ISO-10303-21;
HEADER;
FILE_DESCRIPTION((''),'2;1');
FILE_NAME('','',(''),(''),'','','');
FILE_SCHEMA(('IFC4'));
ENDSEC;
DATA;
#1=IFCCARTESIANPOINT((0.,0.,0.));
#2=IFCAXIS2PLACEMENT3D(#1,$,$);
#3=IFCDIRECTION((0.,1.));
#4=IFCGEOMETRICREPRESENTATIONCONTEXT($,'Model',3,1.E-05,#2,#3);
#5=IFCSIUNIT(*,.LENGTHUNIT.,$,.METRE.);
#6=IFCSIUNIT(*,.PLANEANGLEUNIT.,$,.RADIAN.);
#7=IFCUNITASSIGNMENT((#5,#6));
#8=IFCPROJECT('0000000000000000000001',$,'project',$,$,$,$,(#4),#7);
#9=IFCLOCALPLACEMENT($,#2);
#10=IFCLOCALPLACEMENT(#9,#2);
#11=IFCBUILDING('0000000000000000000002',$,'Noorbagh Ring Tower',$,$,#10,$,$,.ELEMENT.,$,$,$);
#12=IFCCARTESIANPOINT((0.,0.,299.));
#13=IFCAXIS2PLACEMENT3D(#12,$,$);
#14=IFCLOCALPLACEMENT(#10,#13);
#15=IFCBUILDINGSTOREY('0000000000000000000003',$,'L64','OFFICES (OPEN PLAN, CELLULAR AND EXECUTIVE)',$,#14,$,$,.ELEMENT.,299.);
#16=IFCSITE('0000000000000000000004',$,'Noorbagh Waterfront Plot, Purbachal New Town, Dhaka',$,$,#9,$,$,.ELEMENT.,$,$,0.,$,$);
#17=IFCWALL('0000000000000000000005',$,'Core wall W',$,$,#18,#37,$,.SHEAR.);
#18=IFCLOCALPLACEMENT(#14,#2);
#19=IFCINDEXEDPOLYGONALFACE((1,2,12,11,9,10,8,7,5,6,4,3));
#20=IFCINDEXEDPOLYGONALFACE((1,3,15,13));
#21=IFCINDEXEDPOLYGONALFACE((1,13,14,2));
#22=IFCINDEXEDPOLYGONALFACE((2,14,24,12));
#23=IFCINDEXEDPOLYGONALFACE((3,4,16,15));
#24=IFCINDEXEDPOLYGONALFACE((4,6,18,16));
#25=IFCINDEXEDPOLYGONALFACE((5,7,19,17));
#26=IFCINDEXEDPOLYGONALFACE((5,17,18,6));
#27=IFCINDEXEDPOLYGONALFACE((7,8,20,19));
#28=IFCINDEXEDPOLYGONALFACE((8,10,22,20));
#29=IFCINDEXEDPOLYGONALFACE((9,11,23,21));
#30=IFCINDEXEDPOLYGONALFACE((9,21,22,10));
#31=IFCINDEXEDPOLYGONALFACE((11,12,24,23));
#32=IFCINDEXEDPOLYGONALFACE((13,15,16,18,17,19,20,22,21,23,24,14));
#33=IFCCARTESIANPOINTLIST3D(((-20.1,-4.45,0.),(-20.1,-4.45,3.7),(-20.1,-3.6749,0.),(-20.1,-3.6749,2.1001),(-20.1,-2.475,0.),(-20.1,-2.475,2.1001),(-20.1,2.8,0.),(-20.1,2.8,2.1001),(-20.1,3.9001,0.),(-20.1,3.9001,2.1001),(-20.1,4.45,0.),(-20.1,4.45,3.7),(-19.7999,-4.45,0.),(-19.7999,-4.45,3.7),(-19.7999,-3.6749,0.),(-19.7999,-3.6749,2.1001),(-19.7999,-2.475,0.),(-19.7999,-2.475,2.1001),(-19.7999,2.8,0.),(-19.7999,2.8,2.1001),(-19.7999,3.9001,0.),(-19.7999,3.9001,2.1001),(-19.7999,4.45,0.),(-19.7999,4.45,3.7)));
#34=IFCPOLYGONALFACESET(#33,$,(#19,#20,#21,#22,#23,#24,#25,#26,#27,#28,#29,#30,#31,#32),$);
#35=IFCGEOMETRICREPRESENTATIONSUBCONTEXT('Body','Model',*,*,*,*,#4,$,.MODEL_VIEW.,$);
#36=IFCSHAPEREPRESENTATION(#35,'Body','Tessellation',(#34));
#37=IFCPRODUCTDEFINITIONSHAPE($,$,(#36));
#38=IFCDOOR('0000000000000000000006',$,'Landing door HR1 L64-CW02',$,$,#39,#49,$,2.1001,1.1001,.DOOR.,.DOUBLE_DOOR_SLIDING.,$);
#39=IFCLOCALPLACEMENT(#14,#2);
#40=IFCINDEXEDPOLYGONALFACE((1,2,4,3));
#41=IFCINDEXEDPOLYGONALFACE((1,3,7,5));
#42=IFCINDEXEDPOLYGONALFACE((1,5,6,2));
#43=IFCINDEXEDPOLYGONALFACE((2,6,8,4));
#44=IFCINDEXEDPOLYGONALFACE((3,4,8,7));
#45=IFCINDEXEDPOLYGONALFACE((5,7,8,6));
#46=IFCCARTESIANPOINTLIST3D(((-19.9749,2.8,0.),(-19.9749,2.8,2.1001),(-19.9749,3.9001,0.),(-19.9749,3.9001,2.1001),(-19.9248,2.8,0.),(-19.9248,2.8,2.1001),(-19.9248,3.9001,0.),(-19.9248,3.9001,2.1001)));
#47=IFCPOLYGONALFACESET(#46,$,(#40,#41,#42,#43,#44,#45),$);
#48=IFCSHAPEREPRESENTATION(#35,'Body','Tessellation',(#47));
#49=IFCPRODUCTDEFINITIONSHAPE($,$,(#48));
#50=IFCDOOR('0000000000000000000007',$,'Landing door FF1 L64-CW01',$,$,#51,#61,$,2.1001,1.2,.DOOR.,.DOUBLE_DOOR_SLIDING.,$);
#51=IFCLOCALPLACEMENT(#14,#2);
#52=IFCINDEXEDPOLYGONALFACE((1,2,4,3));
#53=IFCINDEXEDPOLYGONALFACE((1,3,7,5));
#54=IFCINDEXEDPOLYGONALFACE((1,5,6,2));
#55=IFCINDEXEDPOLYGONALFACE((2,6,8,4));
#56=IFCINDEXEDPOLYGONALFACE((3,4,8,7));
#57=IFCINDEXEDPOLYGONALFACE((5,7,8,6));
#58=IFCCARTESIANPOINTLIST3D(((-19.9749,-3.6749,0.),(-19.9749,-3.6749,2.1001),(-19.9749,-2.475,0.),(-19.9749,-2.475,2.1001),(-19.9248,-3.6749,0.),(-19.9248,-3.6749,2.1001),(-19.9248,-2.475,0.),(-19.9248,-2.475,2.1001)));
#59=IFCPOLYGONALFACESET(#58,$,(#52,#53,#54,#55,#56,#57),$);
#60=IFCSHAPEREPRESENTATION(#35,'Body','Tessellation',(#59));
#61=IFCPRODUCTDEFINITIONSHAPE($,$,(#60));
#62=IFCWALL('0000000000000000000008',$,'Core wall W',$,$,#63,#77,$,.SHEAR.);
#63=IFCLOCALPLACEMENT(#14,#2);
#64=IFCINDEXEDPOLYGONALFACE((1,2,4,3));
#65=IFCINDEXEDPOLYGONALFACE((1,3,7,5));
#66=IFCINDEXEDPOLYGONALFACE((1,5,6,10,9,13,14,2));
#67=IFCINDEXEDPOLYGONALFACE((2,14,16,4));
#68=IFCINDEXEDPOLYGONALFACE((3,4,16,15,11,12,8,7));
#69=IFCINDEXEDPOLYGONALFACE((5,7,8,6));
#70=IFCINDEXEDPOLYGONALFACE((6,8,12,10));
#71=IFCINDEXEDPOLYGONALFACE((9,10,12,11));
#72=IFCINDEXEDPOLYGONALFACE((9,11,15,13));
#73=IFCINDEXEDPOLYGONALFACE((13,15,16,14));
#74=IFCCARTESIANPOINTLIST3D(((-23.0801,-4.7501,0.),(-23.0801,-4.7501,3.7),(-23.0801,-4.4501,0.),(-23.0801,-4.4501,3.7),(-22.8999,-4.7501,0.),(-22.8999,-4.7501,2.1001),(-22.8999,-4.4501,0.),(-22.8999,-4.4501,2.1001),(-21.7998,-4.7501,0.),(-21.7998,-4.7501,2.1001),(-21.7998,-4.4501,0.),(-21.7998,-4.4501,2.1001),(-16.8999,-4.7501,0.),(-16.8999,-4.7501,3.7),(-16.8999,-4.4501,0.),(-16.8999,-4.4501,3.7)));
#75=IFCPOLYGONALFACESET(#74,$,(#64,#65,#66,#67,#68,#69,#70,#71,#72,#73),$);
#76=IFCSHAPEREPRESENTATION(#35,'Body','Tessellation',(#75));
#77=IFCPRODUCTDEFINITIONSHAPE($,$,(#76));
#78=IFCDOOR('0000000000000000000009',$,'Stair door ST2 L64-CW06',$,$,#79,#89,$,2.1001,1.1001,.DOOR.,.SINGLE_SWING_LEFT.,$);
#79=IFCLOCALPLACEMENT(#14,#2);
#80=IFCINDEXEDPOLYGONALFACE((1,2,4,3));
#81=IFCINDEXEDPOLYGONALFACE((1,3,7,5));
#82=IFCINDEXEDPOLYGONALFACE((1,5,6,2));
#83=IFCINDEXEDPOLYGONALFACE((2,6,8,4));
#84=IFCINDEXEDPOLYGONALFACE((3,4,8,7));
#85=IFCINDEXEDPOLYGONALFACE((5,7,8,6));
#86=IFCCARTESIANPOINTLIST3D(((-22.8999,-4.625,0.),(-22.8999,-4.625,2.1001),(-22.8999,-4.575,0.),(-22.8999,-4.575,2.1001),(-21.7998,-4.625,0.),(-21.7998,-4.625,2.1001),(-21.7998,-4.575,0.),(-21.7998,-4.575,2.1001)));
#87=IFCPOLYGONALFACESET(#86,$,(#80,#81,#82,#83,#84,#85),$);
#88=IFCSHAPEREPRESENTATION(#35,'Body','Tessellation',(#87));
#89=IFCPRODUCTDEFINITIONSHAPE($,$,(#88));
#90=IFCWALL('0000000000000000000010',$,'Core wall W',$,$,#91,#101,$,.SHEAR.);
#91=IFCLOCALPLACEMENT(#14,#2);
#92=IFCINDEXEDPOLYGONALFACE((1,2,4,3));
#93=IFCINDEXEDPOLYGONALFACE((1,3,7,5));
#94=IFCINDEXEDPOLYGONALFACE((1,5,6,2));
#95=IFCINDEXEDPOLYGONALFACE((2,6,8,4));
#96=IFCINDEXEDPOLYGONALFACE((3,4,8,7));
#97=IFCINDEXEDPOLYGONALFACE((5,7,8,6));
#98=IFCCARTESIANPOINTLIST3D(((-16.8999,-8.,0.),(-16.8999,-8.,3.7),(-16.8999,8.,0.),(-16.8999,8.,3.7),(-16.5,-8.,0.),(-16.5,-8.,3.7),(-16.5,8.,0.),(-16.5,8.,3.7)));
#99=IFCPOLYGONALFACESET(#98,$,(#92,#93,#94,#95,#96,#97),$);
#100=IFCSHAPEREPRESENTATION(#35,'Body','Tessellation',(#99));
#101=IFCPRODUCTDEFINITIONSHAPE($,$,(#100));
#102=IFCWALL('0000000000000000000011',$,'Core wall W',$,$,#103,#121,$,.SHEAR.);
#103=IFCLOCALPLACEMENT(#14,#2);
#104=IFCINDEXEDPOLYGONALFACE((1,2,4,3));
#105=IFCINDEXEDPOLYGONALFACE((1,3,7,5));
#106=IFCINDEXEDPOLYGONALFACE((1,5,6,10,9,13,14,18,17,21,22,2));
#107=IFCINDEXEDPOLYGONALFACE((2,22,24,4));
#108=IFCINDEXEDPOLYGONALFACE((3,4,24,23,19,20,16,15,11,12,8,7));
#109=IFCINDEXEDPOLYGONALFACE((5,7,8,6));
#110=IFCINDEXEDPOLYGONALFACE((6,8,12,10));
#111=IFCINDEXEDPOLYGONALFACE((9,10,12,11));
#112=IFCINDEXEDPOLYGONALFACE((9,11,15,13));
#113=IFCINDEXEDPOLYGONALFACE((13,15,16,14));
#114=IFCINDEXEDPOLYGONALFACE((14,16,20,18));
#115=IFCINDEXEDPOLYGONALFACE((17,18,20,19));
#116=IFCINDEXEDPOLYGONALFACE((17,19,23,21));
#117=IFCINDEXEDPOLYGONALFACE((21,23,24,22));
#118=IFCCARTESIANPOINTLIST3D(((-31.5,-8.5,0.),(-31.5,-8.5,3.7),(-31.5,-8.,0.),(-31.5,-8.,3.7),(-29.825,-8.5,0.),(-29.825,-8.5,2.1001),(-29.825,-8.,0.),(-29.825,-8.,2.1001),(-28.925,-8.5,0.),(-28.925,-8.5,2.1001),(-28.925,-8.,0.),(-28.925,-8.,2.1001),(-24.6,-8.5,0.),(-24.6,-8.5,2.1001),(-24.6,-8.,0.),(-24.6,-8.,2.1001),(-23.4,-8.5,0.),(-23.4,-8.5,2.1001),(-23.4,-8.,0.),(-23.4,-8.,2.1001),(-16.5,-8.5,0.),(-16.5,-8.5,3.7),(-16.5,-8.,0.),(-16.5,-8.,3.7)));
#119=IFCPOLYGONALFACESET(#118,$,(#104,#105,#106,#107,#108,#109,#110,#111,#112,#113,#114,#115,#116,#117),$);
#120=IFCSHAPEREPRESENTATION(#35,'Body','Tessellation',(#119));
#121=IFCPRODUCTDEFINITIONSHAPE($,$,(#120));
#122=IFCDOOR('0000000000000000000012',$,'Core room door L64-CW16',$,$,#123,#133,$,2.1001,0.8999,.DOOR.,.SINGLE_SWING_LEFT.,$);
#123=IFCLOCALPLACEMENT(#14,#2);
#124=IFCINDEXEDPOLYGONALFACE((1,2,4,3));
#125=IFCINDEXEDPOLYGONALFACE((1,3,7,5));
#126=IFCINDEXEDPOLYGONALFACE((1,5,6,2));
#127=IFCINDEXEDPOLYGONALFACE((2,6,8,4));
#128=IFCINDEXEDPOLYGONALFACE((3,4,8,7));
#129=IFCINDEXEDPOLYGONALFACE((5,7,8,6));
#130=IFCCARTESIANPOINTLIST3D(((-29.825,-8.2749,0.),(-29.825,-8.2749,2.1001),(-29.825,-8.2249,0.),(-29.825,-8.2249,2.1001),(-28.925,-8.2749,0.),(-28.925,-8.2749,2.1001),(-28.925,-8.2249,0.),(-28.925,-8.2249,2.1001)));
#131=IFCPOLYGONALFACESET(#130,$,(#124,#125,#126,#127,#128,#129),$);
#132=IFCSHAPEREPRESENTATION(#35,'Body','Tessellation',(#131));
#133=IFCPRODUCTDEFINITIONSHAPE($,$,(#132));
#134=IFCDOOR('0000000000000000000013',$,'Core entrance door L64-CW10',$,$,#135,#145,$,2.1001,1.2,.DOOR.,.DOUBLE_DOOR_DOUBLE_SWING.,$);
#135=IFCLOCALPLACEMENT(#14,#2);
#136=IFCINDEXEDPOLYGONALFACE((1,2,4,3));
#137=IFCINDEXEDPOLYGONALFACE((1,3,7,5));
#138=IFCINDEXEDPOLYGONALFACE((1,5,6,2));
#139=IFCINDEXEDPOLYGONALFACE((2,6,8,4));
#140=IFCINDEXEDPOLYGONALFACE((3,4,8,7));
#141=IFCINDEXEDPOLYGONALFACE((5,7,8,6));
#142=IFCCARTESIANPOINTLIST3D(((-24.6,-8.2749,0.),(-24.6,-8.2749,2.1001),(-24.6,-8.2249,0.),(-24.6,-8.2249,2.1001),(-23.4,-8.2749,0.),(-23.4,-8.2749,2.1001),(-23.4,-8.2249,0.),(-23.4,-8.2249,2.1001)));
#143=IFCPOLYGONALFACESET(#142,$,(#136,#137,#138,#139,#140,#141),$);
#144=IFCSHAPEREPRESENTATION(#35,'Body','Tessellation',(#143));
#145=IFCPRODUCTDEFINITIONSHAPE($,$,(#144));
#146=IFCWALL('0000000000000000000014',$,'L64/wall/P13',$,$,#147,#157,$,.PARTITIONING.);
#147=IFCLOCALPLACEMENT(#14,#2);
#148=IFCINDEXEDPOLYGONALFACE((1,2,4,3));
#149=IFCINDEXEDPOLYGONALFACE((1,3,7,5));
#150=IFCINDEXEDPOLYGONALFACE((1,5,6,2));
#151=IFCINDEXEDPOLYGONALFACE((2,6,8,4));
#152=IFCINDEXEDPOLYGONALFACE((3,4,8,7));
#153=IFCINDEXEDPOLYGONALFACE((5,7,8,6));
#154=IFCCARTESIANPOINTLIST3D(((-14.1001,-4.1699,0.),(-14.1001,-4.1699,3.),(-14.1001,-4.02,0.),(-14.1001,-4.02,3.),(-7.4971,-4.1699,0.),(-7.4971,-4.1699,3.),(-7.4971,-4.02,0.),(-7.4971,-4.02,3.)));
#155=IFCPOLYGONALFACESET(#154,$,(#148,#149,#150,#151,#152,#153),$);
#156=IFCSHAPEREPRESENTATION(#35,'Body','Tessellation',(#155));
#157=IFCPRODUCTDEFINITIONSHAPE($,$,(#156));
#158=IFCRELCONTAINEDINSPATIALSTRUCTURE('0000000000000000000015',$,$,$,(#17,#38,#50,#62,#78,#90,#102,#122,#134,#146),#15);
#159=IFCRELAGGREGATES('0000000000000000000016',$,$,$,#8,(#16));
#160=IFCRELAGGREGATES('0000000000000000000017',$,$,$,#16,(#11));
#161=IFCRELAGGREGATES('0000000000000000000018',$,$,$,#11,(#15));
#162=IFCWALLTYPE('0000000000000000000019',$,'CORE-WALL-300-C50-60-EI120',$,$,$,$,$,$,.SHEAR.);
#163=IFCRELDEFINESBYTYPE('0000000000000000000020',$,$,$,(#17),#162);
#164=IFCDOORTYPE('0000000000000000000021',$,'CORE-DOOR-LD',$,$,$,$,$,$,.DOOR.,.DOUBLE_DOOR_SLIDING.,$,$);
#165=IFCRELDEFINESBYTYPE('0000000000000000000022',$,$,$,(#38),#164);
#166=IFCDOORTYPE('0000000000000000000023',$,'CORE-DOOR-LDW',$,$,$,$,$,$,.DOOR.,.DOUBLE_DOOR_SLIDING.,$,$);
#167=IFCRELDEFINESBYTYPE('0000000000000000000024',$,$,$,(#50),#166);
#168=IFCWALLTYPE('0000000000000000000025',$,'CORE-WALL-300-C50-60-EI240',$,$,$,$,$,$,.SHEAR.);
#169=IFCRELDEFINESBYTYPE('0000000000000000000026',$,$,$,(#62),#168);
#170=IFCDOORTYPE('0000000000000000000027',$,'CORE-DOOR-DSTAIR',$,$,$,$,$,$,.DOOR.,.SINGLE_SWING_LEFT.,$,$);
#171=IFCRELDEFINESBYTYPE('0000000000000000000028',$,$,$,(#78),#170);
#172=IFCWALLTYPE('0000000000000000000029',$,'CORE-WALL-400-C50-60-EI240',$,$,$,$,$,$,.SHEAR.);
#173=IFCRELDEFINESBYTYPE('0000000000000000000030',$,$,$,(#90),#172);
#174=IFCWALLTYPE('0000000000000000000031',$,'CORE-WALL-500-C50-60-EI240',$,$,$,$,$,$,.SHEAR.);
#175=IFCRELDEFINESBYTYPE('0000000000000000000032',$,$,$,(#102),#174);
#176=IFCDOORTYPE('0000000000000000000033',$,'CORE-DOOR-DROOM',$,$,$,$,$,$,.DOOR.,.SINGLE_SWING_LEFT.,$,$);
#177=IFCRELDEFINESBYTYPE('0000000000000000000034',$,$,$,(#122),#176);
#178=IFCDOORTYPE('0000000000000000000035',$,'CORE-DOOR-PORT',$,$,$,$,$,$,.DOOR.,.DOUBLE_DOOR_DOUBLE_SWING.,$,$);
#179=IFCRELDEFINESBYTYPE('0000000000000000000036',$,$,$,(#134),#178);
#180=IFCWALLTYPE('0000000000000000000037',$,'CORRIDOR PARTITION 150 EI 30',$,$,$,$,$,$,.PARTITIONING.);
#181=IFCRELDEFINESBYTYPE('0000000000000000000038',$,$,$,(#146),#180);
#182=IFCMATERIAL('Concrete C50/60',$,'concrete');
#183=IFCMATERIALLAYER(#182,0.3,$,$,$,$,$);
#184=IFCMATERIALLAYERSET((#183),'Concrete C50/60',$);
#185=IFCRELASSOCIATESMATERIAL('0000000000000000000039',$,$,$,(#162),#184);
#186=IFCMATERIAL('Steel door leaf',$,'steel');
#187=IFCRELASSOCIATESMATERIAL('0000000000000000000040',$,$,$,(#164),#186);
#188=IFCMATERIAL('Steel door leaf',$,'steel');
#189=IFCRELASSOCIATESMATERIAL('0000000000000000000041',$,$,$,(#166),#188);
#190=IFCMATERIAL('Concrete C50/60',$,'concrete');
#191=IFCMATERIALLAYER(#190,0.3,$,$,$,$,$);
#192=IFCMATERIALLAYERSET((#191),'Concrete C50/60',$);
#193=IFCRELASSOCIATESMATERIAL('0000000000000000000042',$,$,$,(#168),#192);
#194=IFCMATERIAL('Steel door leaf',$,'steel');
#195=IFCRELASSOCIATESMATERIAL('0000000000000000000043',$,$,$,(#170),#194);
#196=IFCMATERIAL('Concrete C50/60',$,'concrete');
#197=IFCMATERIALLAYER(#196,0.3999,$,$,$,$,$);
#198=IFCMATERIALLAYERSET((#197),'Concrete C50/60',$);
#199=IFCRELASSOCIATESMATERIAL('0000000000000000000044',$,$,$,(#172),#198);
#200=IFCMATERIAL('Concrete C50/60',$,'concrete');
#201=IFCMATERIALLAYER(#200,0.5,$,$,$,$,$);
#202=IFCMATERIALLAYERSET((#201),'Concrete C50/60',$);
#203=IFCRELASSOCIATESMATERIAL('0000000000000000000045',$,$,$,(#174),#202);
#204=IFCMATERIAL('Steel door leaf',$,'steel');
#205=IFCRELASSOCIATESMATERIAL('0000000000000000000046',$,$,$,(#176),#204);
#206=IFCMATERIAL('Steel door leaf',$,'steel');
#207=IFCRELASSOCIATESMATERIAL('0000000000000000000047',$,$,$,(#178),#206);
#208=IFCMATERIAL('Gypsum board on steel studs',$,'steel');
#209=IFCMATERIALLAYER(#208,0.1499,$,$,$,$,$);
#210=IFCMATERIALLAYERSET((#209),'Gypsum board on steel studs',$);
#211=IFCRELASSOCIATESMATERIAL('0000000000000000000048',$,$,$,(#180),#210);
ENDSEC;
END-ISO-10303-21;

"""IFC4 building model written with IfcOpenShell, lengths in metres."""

from ifc_helpers import new_model, si_unit, direction, frame, frame_2d, origin, place, context, subcontext, project, spatial, rectangle, extrude, material, layer, layer_set, type_object, element, fill, save


model = new_model("IFC4")

# Units and contexts
model_context = context("Model", 3, precision=1e-05, world=origin(), true_north=direction((0.0, 1.0)))
body_context = subcontext(model_context, "Body", "Model", "MODEL_VIEW")
ifc_project = project(units=[si_unit("LENGTHUNIT", "METRE"), si_unit("PLANEANGLEUNIT", "RADIAN")], contexts=[model_context])

# Site, building, storey
site_placement = place(None, origin())
site = spatial("IfcSite", under=ifc_project, at=site_placement, Name="Noorbagh Waterfront Plot, Purbachal New Town, Dhaka", CompositionType="ELEMENT", RefElevation=0.0)
building_placement = place(site_placement, origin())
building = spatial("IfcBuilding", under=site, at=building_placement, Name="Noorbagh Ring Tower", CompositionType="ELEMENT")
storey_placement = place(building_placement, frame((0.0, 0.0, 299.0)))
storey = spatial("IfcBuildingStorey", under=building, at=storey_placement, Name="L64", Description="OFFICES (OPEN PLAN, CELLULAR AND EXECUTIVE)", CompositionType="ELEMENT", Elevation=299.0)

# Wall, openings, doors
ifc_material_1 = material(Name="Concrete C50/60", Category="concrete")
ifc_layer_1 = layer(ifc_material_1, 0.3)
ifc_layer_set_1 = layer_set([ifc_layer_1], Name="Concrete C50/60")
wall_type_1 = type_object("IfcWallType", Name="CORE-WALL-300-C50-60-EI120", PredefinedType="SHEAR", material=ifc_layer_set_1)
wall_1_placement = place(storey_placement, frame((-19.95, -4.45, 0.0), z_axis=(0.0, 0.0, 1.0), x_axis=(0.0, 1.0, 0.0)))
wall_1 = element("IfcWall", 1, at=wall_1_placement, inside=storey, type_object=wall_type_1, Name="Core wall W", PredefinedType="SHEAR", context=body_context, shape_type="SweptSolid", body=[
    extrude(rectangle(XDim=8.8999, YDim=0.3, at=frame_2d((4.45, 0.0))), origin(), (0.0, 0.0, 1.0), 3.7),
])
opening_1_placement = place(wall_1_placement, frame((0.7749, 0.0, 0.0)))
opening_1 = element("IfcOpeningElement", 2, at=opening_1_placement, cuts=wall_1, PredefinedType="OPENING", context=body_context, shape_type="SweptSolid", body=[
    extrude(rectangle(XDim=1.2, YDim=2.1001, at=frame_2d((0.6001, 1.05))), frame((0.0, 0.1602, 0.0), z_axis=(0.0, -1.0, 0.0), x_axis=(1.0, 0.0, 0.0)), (0.0, 0.0, 1.0), 0.3201),
])
opening_2_placement = place(wall_1_placement, frame((7.25, 0.0, 0.0)))
opening_2 = element("IfcOpeningElement", 3, at=opening_2_placement, cuts=wall_1, PredefinedType="OPENING", context=body_context, shape_type="SweptSolid", body=[
    extrude(rectangle(XDim=1.1001, YDim=2.1001, at=frame_2d((0.55, 1.05))), frame((0.0, 0.1602, 0.0), z_axis=(0.0, -1.0, 0.0), x_axis=(1.0, 0.0, 0.0)), (0.0, 0.0, 1.0), 0.3201),
])
ifc_material_2 = material(Name="Steel door leaf", Category="steel")
door_type_1 = type_object("IfcDoorType", Name="CORE-DOOR-LD", OperationType="DOUBLE_DOOR_SLIDING", PredefinedType="DOOR", material=ifc_material_2)
door_1_placement = place(opening_2_placement, origin())
door_1 = element("IfcDoor", 4, at=door_1_placement, inside=storey, type_object=door_type_1, Name="Landing door HR1 L64-CW02", OperationType="DOUBLE_DOOR_SLIDING", OverallHeight=2.1001, OverallWidth=1.1001, PredefinedType="DOOR", context=body_context, shape_type="SweptSolid", body=[
    extrude(rectangle(XDim=1.1001, YDim=2.1001, at=frame_2d((0.55, 1.05))), frame((0.0, 0.0249, 0.0), z_axis=(0.0, -1.0, 0.0), x_axis=(1.0, 0.0, 0.0)), (0.0, 0.0, 1.0), 0.05),
])
fill(opening_2, door_1)
ifc_material_3 = material(Name="Steel door leaf", Category="steel")
door_type_2 = type_object("IfcDoorType", Name="CORE-DOOR-LDW", OperationType="DOUBLE_DOOR_SLIDING", PredefinedType="DOOR", material=ifc_material_3)
door_2_placement = place(opening_1_placement, origin())
door_2 = element("IfcDoor", 5, at=door_2_placement, inside=storey, type_object=door_type_2, Name="Landing door FF1 L64-CW01", OperationType="DOUBLE_DOOR_SLIDING", OverallHeight=2.1001, OverallWidth=1.2, PredefinedType="DOOR", context=body_context, shape_type="SweptSolid", body=[
    extrude(rectangle(XDim=1.2, YDim=2.1001, at=frame_2d((0.6001, 1.05))), frame((0.0, 0.0249, 0.0), z_axis=(0.0, -1.0, 0.0), x_axis=(1.0, 0.0, 0.0)), (0.0, 0.0, 1.0), 0.05),
])
fill(opening_1, door_2)

# Wall, opening, door
ifc_material_4 = material(Name="Concrete C50/60", Category="concrete")
ifc_layer_2 = layer(ifc_material_4, 0.3)
ifc_layer_set_2 = layer_set([ifc_layer_2], Name="Concrete C50/60")
wall_type_2 = type_object("IfcWallType", Name="CORE-WALL-300-C50-60-EI240", PredefinedType="SHEAR", material=ifc_layer_set_2)
wall_2_placement = place(storey_placement, frame((-16.8999, -4.6001, 0.0), z_axis=(0.0, 0.0, 1.0), x_axis=(-1.0, 0.0, 0.0)))
wall_2 = element("IfcWall", 6, at=wall_2_placement, inside=storey, type_object=wall_type_2, Name="Core wall W", PredefinedType="SHEAR", context=body_context, shape_type="SweptSolid", body=[
    extrude(rectangle(XDim=6.1802, YDim=0.3, at=frame_2d((3.0901, 0.0))), origin(), (0.0, 0.0, 1.0), 3.7),
])
opening_3_placement = place(wall_2_placement, frame((4.8999, 0.0, 0.0)))
opening_3 = element("IfcOpeningElement", 7, at=opening_3_placement, cuts=wall_2, PredefinedType="OPENING", context=body_context, shape_type="SweptSolid", body=[
    extrude(rectangle(XDim=1.1001, YDim=2.1001, at=frame_2d((0.55, 1.05))), frame((0.0, 0.1602, 0.0), z_axis=(0.0, -1.0, 0.0), x_axis=(1.0, 0.0, 0.0)), (0.0, 0.0, 1.0), 0.3201),
])
ifc_material_5 = material(Name="Steel door leaf", Category="steel")
door_type_3 = type_object("IfcDoorType", Name="CORE-DOOR-DSTAIR", OperationType="SINGLE_SWING_LEFT", PredefinedType="DOOR", material=ifc_material_5)
door_3_placement = place(opening_3_placement, origin())
door_3 = element("IfcDoor", 8, at=door_3_placement, inside=storey, type_object=door_type_3, Name="Stair door ST2 L64-CW06", OperationType="SINGLE_SWING_LEFT", OverallHeight=2.1001, OverallWidth=1.1001, PredefinedType="DOOR", context=body_context, shape_type="SweptSolid", body=[
    extrude(rectangle(XDim=1.1001, YDim=2.1001, at=frame_2d((0.55, 1.05))), frame((0.0, 0.0249, 0.0), z_axis=(0.0, -1.0, 0.0), x_axis=(1.0, 0.0, 0.0)), (0.0, 0.0, 1.0), 0.05),
])
fill(opening_3, door_3)

# Wall
ifc_material_6 = material(Name="Concrete C50/60", Category="concrete")
ifc_layer_3 = layer(ifc_material_6, 0.3999)
ifc_layer_set_3 = layer_set([ifc_layer_3], Name="Concrete C50/60")
wall_type_3 = type_object("IfcWallType", Name="CORE-WALL-400-C50-60-EI240", PredefinedType="SHEAR", material=ifc_layer_set_3)
wall_3_placement = place(storey_placement, frame((-16.7, -8.0, 0.0), z_axis=(0.0, 0.0, 1.0), x_axis=(0.0, 1.0, 0.0)))
element("IfcWall", 9, at=wall_3_placement, inside=storey, type_object=wall_type_3, Name="Core wall W", PredefinedType="SHEAR", context=body_context, shape_type="SweptSolid", body=[
    extrude(rectangle(XDim=16.0, YDim=0.3999, at=frame_2d((8.0, 0.0))), origin(), (0.0, 0.0, 1.0), 3.7),
])

# Wall, openings, doors
ifc_material_7 = material(Name="Concrete C50/60", Category="concrete")
ifc_layer_4 = layer(ifc_material_7, 0.5)
ifc_layer_set_4 = layer_set([ifc_layer_4], Name="Concrete C50/60")
wall_type_4 = type_object("IfcWallType", Name="CORE-WALL-500-C50-60-EI240", PredefinedType="SHEAR", material=ifc_layer_set_4)
wall_4_placement = place(storey_placement, frame((-16.5, -8.25, 0.0), z_axis=(0.0, 0.0, 1.0), x_axis=(-1.0, 0.0, 0.0)))
wall_4 = element("IfcWall", 10, at=wall_4_placement, inside=storey, type_object=wall_type_4, Name="Core wall W", PredefinedType="SHEAR", context=body_context, shape_type="SweptSolid", body=[
    extrude(rectangle(XDim=15.0, YDim=0.5, at=frame_2d((7.5, 0.0))), origin(), (0.0, 0.0, 1.0), 3.7),
])
opening_4_placement = place(wall_4_placement, frame((6.8999, 0.0, 0.0)))
opening_4 = element("IfcOpeningElement", 11, at=opening_4_placement, cuts=wall_4, PredefinedType="OPENING", context=body_context, shape_type="SweptSolid", body=[
    extrude(rectangle(XDim=1.2, YDim=2.1001, at=frame_2d((0.6001, 1.05))), frame((0.0, 0.26, 0.0), z_axis=(0.0, -1.0, 0.0), x_axis=(1.0, 0.0, 0.0)), (0.0, 0.0, 1.0), 0.52),
])
opening_5_placement = place(wall_4_placement, frame((12.425, 0.0, 0.0)))
opening_5 = element("IfcOpeningElement", 12, at=opening_5_placement, cuts=wall_4, PredefinedType="OPENING", context=body_context, shape_type="SweptSolid", body=[
    extrude(rectangle(XDim=0.8999, YDim=2.1001, at=frame_2d((0.45, 1.05))), frame((0.0, 0.26, 0.0), z_axis=(0.0, -1.0, 0.0), x_axis=(1.0, 0.0, 0.0)), (0.0, 0.0, 1.0), 0.52),
])
ifc_material_8 = material(Name="Steel door leaf", Category="steel")
door_type_4 = type_object("IfcDoorType", Name="CORE-DOOR-DROOM", OperationType="SINGLE_SWING_LEFT", PredefinedType="DOOR", material=ifc_material_8)
door_4_placement = place(opening_5_placement, origin())
door_4 = element("IfcDoor", 13, at=door_4_placement, inside=storey, type_object=door_type_4, Name="Core room door L64-CW16", OperationType="SINGLE_SWING_LEFT", OverallHeight=2.1001, OverallWidth=0.8999, PredefinedType="DOOR", context=body_context, shape_type="SweptSolid", body=[
    extrude(rectangle(XDim=0.8999, YDim=2.1001, at=frame_2d((0.45, 1.05))), frame((0.0, 0.0249, 0.0), z_axis=(0.0, -1.0, 0.0), x_axis=(1.0, 0.0, 0.0)), (0.0, 0.0, 1.0), 0.05),
])
fill(opening_5, door_4)
ifc_material_9 = material(Name="Steel door leaf", Category="steel")
door_type_5 = type_object("IfcDoorType", Name="CORE-DOOR-PORT", OperationType="DOUBLE_DOOR_DOUBLE_SWING", PredefinedType="DOOR", material=ifc_material_9)
door_5_placement = place(opening_4_placement, origin())
door_5 = element("IfcDoor", 14, at=door_5_placement, inside=storey, type_object=door_type_5, Name="Core entrance door L64-CW10", OperationType="DOUBLE_DOOR_DOUBLE_SWING", OverallHeight=2.1001, OverallWidth=1.2, PredefinedType="DOOR", context=body_context, shape_type="SweptSolid", body=[
    extrude(rectangle(XDim=1.2, YDim=2.1001, at=frame_2d((0.6001, 1.05))), frame((0.0, 0.0249, 0.0), z_axis=(0.0, -1.0, 0.0), x_axis=(1.0, 0.0, 0.0)), (0.0, 0.0, 1.0), 0.05),
])
fill(opening_4, door_5)

# Wall
ifc_material_10 = material(Name="Gypsum board on steel studs", Category="steel")
ifc_layer_5 = layer(ifc_material_10, 0.1499)
ifc_layer_set_5 = layer_set([ifc_layer_5], Name="Gypsum board on steel studs")
wall_type_5 = type_object("IfcWallType", Name="CORRIDOR PARTITION 150 EI 30", PredefinedType="PARTITIONING", material=ifc_layer_set_5)
wall_5_placement = place(storey_placement, frame((-14.1001, -4.095, 0.0), z_axis=(0.0, 0.0, 1.0), x_axis=(1.0, 0.0, 0.0)))
element("IfcWall", 15, at=wall_5_placement, inside=storey, type_object=wall_type_5, Name="L64/wall/P13", PredefinedType="PARTITIONING", context=body_context, shape_type="SweptSolid", body=[
    extrude(rectangle(XDim=6.603, YDim=0.1499, at=frame_2d((3.3015, 0.0))), origin(), (0.0, 0.0, 1.0), 3.0),
])

save(model, "model.ifc")
